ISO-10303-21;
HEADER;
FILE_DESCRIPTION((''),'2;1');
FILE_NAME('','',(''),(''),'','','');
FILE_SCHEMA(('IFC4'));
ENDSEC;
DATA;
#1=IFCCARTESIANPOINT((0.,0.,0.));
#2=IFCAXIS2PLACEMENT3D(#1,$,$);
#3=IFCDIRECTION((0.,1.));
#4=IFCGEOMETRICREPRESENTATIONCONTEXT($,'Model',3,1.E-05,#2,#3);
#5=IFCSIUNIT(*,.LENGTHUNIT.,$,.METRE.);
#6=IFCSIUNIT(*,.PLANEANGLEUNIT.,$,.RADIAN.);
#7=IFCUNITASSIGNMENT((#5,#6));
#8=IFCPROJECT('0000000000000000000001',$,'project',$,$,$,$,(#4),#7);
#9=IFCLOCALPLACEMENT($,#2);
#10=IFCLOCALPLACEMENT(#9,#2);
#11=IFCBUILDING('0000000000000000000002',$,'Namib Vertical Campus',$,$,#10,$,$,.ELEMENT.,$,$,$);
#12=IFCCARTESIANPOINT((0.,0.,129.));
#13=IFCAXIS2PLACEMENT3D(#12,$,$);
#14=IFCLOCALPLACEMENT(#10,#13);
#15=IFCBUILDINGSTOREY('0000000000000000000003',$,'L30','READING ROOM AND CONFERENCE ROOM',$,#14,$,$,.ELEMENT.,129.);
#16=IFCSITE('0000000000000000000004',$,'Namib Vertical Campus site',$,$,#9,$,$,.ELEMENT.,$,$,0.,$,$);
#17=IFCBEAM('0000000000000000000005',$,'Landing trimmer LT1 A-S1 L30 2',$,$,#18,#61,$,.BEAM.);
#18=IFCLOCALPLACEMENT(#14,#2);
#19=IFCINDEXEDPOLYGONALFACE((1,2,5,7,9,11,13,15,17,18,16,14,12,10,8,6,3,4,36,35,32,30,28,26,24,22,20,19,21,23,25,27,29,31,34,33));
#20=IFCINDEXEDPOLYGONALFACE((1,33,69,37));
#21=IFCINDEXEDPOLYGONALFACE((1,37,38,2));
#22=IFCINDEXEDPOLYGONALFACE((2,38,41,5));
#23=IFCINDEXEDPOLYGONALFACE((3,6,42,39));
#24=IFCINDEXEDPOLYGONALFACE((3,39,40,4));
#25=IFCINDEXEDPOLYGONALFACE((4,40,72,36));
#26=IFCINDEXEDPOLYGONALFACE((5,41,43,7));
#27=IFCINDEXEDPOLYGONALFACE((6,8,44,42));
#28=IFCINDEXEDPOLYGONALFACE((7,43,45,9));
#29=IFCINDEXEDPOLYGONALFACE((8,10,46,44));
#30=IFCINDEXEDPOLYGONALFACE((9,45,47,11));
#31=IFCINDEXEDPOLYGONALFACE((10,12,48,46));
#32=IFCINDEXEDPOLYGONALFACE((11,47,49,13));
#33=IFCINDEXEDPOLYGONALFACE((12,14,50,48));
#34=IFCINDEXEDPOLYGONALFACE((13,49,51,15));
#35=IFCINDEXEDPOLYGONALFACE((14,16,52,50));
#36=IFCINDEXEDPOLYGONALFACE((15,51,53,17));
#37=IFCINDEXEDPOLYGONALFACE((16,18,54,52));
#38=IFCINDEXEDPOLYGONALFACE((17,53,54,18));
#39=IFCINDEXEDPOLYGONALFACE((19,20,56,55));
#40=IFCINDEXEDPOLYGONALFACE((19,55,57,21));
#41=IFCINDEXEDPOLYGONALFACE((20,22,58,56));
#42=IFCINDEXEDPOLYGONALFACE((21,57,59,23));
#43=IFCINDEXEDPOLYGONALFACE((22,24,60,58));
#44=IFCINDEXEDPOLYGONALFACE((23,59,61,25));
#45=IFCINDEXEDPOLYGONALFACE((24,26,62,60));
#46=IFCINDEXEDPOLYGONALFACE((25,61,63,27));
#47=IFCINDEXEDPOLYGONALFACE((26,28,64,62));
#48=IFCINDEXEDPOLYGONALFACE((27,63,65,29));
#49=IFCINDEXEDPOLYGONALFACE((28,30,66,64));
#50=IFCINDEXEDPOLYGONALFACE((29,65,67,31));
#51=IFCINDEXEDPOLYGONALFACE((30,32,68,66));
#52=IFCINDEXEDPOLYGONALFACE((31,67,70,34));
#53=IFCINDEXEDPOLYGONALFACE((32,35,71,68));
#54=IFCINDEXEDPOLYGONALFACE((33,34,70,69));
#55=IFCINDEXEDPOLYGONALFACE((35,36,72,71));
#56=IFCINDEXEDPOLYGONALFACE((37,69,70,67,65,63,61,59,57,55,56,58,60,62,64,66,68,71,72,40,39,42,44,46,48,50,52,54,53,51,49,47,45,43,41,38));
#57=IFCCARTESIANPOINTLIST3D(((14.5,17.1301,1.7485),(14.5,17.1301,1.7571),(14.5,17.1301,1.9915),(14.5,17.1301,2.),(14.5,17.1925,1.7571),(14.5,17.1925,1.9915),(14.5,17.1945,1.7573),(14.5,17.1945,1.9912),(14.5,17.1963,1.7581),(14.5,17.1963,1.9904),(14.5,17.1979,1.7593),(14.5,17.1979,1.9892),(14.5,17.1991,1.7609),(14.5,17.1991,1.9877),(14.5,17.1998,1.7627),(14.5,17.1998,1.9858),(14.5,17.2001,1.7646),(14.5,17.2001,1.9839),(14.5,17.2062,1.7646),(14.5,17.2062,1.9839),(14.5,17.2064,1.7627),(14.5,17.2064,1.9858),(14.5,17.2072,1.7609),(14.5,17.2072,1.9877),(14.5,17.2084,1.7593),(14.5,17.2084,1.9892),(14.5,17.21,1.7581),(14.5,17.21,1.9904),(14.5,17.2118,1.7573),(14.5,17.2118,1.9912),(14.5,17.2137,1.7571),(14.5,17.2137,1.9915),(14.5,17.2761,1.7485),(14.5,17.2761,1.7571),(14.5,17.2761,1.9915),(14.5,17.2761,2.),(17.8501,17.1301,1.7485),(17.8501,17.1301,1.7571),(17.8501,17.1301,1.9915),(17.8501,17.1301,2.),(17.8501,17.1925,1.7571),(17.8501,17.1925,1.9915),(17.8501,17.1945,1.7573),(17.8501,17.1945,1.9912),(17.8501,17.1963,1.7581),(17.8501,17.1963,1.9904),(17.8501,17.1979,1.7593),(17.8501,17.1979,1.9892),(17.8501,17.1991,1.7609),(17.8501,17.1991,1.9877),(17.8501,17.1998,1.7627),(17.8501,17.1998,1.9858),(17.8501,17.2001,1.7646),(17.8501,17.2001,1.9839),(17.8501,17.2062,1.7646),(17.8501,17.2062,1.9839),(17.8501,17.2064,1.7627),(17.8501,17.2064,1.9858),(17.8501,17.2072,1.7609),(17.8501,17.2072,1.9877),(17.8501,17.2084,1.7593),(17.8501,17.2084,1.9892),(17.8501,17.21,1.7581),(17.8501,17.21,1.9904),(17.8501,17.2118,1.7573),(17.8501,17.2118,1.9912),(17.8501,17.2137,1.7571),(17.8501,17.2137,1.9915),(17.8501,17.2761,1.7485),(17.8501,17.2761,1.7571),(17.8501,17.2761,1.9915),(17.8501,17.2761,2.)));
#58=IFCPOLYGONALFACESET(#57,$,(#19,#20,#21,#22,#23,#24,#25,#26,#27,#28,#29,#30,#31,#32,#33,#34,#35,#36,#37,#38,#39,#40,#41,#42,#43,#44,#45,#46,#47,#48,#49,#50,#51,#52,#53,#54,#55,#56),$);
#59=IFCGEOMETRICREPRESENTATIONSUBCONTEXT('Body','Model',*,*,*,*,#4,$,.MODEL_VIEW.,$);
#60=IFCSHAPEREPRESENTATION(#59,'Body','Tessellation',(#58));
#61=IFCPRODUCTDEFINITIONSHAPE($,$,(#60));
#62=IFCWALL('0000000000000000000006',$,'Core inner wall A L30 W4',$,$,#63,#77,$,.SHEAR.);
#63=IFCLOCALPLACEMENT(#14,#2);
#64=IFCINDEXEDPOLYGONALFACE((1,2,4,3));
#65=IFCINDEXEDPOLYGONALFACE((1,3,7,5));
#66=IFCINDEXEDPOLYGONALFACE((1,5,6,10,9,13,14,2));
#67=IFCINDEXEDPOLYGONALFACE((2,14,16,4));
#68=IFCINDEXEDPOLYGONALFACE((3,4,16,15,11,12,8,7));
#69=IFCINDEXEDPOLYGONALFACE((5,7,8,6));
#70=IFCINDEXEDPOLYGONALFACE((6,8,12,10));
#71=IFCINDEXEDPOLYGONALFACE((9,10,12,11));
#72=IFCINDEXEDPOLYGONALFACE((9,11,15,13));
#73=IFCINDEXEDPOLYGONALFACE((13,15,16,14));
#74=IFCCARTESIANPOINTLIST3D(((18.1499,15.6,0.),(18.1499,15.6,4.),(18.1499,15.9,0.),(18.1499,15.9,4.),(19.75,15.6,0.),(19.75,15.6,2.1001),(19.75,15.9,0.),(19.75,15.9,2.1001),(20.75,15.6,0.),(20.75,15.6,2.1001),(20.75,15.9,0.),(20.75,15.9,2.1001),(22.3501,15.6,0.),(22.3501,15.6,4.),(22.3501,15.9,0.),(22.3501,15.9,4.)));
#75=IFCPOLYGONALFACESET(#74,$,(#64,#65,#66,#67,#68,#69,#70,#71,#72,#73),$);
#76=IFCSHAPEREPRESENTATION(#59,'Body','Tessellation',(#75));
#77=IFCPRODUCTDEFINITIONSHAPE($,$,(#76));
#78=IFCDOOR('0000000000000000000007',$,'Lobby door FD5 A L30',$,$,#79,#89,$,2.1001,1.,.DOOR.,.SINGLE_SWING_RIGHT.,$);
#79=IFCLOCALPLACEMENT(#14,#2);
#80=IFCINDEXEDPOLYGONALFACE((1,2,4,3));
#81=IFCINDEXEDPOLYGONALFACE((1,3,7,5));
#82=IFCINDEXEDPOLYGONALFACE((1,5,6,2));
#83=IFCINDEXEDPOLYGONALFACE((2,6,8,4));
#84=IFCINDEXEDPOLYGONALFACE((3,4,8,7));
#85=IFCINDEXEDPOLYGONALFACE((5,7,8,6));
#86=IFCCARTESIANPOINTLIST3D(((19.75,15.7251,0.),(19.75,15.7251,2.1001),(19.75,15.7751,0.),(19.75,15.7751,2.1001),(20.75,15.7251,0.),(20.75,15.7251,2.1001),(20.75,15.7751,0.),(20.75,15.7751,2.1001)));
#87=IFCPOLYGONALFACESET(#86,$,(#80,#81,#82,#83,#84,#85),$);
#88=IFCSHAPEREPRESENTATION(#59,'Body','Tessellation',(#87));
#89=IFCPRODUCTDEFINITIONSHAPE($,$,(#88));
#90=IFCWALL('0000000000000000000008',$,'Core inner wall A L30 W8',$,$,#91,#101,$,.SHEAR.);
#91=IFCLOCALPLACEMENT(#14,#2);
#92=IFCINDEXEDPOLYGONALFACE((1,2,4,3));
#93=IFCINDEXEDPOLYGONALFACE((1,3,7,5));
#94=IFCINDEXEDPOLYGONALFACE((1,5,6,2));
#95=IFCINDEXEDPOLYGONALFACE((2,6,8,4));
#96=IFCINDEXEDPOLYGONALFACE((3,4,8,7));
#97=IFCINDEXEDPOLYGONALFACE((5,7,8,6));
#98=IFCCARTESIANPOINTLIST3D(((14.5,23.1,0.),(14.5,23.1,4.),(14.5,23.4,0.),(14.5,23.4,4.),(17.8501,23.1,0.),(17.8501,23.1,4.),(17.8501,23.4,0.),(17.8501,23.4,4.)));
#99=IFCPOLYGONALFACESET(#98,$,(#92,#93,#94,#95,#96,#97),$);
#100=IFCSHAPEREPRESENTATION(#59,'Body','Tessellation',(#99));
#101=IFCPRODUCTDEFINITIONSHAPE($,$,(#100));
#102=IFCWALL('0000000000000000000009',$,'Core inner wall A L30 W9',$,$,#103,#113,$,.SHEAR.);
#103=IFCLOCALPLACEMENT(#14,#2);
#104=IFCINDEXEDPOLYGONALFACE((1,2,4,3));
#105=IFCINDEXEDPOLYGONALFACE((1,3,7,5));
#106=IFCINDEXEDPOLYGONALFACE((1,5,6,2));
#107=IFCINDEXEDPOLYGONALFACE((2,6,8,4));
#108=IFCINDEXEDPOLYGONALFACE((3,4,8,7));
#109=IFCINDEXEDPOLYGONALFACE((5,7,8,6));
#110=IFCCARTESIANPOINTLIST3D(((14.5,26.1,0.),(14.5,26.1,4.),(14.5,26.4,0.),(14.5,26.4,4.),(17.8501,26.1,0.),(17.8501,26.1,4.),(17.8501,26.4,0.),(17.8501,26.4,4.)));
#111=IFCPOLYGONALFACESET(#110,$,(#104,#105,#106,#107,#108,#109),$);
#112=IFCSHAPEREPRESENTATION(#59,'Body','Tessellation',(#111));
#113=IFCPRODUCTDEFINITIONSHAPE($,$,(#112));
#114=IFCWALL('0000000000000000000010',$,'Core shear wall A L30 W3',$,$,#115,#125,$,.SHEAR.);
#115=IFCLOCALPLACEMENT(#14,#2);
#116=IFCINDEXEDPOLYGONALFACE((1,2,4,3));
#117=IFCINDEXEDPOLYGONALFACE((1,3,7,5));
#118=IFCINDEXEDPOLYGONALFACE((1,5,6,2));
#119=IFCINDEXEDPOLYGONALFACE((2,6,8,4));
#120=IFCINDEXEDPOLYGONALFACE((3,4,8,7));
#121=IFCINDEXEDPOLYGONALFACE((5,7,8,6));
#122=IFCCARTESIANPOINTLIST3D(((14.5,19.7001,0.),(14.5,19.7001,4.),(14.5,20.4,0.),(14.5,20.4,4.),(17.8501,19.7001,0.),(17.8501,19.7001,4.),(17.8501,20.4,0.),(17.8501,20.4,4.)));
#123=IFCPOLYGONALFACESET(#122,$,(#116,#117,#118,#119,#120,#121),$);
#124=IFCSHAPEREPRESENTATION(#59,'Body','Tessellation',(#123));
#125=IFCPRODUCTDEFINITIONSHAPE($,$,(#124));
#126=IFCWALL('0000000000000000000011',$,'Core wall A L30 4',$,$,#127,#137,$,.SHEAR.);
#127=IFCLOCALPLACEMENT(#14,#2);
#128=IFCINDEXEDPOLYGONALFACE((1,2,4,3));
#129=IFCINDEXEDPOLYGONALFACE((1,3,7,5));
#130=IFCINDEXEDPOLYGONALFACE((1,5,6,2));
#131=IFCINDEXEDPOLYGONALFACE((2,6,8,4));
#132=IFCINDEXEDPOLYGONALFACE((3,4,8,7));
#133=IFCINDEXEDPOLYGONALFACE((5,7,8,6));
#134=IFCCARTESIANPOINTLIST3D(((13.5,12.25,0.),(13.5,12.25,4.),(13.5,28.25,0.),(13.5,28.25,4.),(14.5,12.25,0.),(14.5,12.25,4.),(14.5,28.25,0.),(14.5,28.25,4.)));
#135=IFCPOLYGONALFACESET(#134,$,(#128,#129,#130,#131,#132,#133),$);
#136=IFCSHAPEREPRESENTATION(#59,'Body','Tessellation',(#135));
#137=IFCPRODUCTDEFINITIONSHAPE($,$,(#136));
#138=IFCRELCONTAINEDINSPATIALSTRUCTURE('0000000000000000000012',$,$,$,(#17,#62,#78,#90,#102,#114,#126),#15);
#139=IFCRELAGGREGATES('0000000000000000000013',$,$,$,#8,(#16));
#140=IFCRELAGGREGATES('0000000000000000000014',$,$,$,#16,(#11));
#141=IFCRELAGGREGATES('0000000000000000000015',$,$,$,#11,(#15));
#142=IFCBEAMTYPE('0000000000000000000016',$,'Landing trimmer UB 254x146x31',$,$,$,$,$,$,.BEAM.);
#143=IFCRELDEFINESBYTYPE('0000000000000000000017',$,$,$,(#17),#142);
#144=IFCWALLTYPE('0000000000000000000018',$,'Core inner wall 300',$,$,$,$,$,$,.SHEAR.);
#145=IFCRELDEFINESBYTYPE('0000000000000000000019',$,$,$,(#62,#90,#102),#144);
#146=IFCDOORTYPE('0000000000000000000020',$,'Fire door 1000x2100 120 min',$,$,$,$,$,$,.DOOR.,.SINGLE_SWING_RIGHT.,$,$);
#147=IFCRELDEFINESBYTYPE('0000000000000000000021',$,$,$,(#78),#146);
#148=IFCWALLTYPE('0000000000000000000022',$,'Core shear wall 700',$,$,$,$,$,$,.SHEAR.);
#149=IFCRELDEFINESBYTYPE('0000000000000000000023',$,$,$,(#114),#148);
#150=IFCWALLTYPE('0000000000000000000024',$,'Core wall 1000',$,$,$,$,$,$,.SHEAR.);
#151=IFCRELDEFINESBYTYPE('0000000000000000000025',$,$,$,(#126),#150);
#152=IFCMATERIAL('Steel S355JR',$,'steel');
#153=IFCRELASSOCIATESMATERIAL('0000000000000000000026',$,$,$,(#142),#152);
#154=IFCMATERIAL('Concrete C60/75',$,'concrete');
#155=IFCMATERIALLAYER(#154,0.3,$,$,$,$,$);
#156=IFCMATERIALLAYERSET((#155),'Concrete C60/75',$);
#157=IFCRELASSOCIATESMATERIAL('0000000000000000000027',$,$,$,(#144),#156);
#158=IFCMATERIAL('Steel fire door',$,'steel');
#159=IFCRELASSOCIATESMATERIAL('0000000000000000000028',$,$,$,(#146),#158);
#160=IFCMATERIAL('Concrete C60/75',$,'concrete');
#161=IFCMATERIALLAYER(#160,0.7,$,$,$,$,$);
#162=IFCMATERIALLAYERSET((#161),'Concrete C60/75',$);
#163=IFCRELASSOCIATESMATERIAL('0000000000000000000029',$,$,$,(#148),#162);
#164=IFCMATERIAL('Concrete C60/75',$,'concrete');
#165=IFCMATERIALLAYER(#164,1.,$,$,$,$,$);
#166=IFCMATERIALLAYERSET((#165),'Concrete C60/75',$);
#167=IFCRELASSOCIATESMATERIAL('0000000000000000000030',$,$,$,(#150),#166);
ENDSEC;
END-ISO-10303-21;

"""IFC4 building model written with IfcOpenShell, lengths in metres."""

from ifc_helpers import new_model, si_unit, direction, frame, frame_2d, origin, origin_2d, place, context, subcontext, project, spatial, rectangle, i_section, extrude, material, layer, layer_set, material_profile, profile_set, type_object, element, fill, save


model = new_model("IFC4")

# Units and contexts
model_context = context("Model", 3, precision=1e-05, world=origin(), true_north=direction((0.0, 1.0)))
body_context = subcontext(model_context, "Body", "Model", "MODEL_VIEW")
ifc_project = project(units=[si_unit("LENGTHUNIT", "METRE"), si_unit("PLANEANGLEUNIT", "RADIAN")], contexts=[model_context])

# Site, building, storey
site_placement = place(None, origin())
site = spatial("IfcSite", under=ifc_project, at=site_placement, Name="Namib Vertical Campus site", CompositionType="ELEMENT", RefElevation=0.0)
building_placement = place(site_placement, origin())
building = spatial("IfcBuilding", under=site, at=building_placement, Name="Namib Vertical Campus", CompositionType="ELEMENT")
storey_placement = place(building_placement, frame((0.0, 0.0, 129.0)))
storey = spatial("IfcBuildingStorey", under=building, at=storey_placement, Name="L30", Description="READING ROOM AND CONFERENCE ROOM", CompositionType="ELEMENT", Elevation=129.0)

# Beam
ifc_material_1 = material(Name="Steel S355JR", Category="steel")
ifc_material_profile = material_profile(ifc_material_1, i_section(OverallWidth=0.146, OverallDepth=0.2515, WebThickness=0.0061, FlangeThickness=0.0085, FilletRadius=0.0076, at=origin_2d()))
ifc_profile_set = profile_set([ifc_material_profile], Name="Steel S355JR")
beam_type = type_object("IfcBeamType", Name="Landing trimmer UB 254x146x31", PredefinedType="BEAM", material=ifc_profile_set)
beam_placement = place(storey_placement, frame((14.5, 17.2031, 1.8743), z_axis=(1.0, 0.0, 0.0), x_axis=(0.0, 1.0, 0.0)))
element("IfcBeam", 1, at=beam_placement, inside=storey, type_object=beam_type, Name="Landing trimmer LT1 A-S1 L30 2", PredefinedType="BEAM", context=body_context, shape_type="SweptSolid", body=[
    extrude(i_section(OverallWidth=0.146, OverallDepth=0.2515, WebThickness=0.0061, FlangeThickness=0.0085, FilletRadius=0.0076, at=origin_2d()), origin(), (0.0, 0.0, 1.0), 3.3501),
])

# Wall, opening, door
ifc_material_2 = material(Name="Concrete C60/75", Category="concrete")
ifc_layer_1 = layer(ifc_material_2, 0.3)
ifc_layer_set_1 = layer_set([ifc_layer_1], Name="Concrete C60/75")
wall_type_1 = type_object("IfcWallType", Name="Core inner wall 300", PredefinedType="SHEAR", material=ifc_layer_set_1)
wall_1_placement = place(storey_placement, frame((18.1499, 15.75, 0.0), z_axis=(0.0, 0.0, 1.0), x_axis=(1.0, 0.0, 0.0)))
wall_1 = element("IfcWall", 2, at=wall_1_placement, inside=storey, type_object=wall_type_1, Name="Core inner wall A L30 W4", PredefinedType="SHEAR", context=body_context, shape_type="SweptSolid", body=[
    extrude(rectangle(XDim=4.2002, YDim=0.3, at=frame_2d((2.1001, 0.0))), origin(), (0.0, 0.0, 1.0), 4.0),
])
opening_1_placement = place(wall_1_placement, frame((1.6001, 0.0, 0.0)))
opening_1 = element("IfcOpeningElement", 3, at=opening_1_placement, cuts=wall_1, PredefinedType="OPENING", context=body_context, shape_type="SweptSolid", body=[
    extrude(rectangle(XDim=1.0, YDim=2.1001, at=frame_2d((0.5, 1.05))), frame((0.0, 0.1599, 0.0), z_axis=(0.0, -1.0, 0.0), x_axis=(1.0, 0.0, 0.0)), (0.0, 0.0, 1.0), 0.3201),
])
ifc_material_3 = material(Name="Steel fire door", Category="steel")
door_type_1 = type_object("IfcDoorType", Name="Fire door 1000x2100 120 min", OperationType="SINGLE_SWING_RIGHT", PredefinedType="DOOR", material=ifc_material_3)
door_1_placement = place(opening_1_placement, frame((1.0, 0.0, 0.0), z_axis=(0.0, 0.0, 1.0), x_axis=(-1.0, 0.0, 0.0)))
door_1 = element("IfcDoor", 4, at=door_1_placement, inside=storey, type_object=door_type_1, Name="Lobby door FD5 A L30", OperationType="SINGLE_SWING_RIGHT", OverallHeight=2.1001, OverallWidth=1.0, PredefinedType="DOOR", context=body_context, shape_type="SweptSolid", body=[
    extrude(rectangle(XDim=1.0, YDim=2.1001, at=frame_2d((0.5, 1.05))), frame((0.0, 0.0249, 0.0), z_axis=(0.0, -1.0, 0.0), x_axis=(1.0, 0.0, 0.0)), (0.0, 0.0, 1.0), 0.05),
])
fill(opening_1, door_1)

# Walls
for number, where, z_axis, x_axis, name in (
    (5, (14.5, 23.25, 0.0), (0.0, 0.0, 1.0), (1.0, 0.0, 0.0), "Core inner wall A L30 W8"),
    (6, (14.5, 26.25, 0.0), (0.0, 0.0, 1.0), (1.0, 0.0, 0.0), "Core inner wall A L30 W9"),
):
    element("IfcWall", number, at=place(storey_placement, frame(where, z_axis=z_axis, x_axis=x_axis)), inside=storey, type_object=wall_type_1, Name=name, PredefinedType="SHEAR", context=body_context, shape_type="SweptSolid", body=[
        extrude(rectangle(XDim=3.3501, YDim=0.3, at=frame_2d((1.675, 0.0))), origin(), (0.0, 0.0, 1.0), 4.0),
    ])
ifc_material_4 = material(Name="Concrete C60/75", Category="concrete")
ifc_layer_2 = layer(ifc_material_4, 0.7)
ifc_layer_set_2 = layer_set([ifc_layer_2], Name="Concrete C60/75")
wall_type_2 = type_object("IfcWallType", Name="Core shear wall 700", PredefinedType="SHEAR", material=ifc_layer_set_2)
wall_2_placement = place(storey_placement, frame((14.5, 20.05, 0.0), z_axis=(0.0, 0.0, 1.0), x_axis=(1.0, 0.0, 0.0)))
element("IfcWall", 7, at=wall_2_placement, inside=storey, type_object=wall_type_2, Name="Core shear wall A L30 W3", PredefinedType="SHEAR", context=body_context, shape_type="SweptSolid", body=[
    extrude(rectangle(XDim=3.3501, YDim=0.7, at=frame_2d((1.675, 0.0))), origin(), (0.0, 0.0, 1.0), 4.0),
])
ifc_material_5 = material(Name="Concrete C60/75", Category="concrete")
ifc_layer_3 = layer(ifc_material_5, 1.0)
ifc_layer_set_3 = layer_set([ifc_layer_3], Name="Concrete C60/75")
wall_type_3 = type_object("IfcWallType", Name="Core wall 1000", PredefinedType="SHEAR", material=ifc_layer_set_3)
wall_3_placement = place(storey_placement, frame((14.0, 28.25, 0.0), z_axis=(0.0, 0.0, 1.0), x_axis=(0.0, -1.0, 0.0)))
element("IfcWall", 8, at=wall_3_placement, inside=storey, type_object=wall_type_3, Name="Core wall A L30 4", PredefinedType="SHEAR", context=body_context, shape_type="SweptSolid", body=[
    extrude(rectangle(XDim=16.0, YDim=1.0, at=frame_2d((8.0, 0.0))), origin(), (0.0, 0.0, 1.0), 4.0),
])

save(model, "model.ifc")
